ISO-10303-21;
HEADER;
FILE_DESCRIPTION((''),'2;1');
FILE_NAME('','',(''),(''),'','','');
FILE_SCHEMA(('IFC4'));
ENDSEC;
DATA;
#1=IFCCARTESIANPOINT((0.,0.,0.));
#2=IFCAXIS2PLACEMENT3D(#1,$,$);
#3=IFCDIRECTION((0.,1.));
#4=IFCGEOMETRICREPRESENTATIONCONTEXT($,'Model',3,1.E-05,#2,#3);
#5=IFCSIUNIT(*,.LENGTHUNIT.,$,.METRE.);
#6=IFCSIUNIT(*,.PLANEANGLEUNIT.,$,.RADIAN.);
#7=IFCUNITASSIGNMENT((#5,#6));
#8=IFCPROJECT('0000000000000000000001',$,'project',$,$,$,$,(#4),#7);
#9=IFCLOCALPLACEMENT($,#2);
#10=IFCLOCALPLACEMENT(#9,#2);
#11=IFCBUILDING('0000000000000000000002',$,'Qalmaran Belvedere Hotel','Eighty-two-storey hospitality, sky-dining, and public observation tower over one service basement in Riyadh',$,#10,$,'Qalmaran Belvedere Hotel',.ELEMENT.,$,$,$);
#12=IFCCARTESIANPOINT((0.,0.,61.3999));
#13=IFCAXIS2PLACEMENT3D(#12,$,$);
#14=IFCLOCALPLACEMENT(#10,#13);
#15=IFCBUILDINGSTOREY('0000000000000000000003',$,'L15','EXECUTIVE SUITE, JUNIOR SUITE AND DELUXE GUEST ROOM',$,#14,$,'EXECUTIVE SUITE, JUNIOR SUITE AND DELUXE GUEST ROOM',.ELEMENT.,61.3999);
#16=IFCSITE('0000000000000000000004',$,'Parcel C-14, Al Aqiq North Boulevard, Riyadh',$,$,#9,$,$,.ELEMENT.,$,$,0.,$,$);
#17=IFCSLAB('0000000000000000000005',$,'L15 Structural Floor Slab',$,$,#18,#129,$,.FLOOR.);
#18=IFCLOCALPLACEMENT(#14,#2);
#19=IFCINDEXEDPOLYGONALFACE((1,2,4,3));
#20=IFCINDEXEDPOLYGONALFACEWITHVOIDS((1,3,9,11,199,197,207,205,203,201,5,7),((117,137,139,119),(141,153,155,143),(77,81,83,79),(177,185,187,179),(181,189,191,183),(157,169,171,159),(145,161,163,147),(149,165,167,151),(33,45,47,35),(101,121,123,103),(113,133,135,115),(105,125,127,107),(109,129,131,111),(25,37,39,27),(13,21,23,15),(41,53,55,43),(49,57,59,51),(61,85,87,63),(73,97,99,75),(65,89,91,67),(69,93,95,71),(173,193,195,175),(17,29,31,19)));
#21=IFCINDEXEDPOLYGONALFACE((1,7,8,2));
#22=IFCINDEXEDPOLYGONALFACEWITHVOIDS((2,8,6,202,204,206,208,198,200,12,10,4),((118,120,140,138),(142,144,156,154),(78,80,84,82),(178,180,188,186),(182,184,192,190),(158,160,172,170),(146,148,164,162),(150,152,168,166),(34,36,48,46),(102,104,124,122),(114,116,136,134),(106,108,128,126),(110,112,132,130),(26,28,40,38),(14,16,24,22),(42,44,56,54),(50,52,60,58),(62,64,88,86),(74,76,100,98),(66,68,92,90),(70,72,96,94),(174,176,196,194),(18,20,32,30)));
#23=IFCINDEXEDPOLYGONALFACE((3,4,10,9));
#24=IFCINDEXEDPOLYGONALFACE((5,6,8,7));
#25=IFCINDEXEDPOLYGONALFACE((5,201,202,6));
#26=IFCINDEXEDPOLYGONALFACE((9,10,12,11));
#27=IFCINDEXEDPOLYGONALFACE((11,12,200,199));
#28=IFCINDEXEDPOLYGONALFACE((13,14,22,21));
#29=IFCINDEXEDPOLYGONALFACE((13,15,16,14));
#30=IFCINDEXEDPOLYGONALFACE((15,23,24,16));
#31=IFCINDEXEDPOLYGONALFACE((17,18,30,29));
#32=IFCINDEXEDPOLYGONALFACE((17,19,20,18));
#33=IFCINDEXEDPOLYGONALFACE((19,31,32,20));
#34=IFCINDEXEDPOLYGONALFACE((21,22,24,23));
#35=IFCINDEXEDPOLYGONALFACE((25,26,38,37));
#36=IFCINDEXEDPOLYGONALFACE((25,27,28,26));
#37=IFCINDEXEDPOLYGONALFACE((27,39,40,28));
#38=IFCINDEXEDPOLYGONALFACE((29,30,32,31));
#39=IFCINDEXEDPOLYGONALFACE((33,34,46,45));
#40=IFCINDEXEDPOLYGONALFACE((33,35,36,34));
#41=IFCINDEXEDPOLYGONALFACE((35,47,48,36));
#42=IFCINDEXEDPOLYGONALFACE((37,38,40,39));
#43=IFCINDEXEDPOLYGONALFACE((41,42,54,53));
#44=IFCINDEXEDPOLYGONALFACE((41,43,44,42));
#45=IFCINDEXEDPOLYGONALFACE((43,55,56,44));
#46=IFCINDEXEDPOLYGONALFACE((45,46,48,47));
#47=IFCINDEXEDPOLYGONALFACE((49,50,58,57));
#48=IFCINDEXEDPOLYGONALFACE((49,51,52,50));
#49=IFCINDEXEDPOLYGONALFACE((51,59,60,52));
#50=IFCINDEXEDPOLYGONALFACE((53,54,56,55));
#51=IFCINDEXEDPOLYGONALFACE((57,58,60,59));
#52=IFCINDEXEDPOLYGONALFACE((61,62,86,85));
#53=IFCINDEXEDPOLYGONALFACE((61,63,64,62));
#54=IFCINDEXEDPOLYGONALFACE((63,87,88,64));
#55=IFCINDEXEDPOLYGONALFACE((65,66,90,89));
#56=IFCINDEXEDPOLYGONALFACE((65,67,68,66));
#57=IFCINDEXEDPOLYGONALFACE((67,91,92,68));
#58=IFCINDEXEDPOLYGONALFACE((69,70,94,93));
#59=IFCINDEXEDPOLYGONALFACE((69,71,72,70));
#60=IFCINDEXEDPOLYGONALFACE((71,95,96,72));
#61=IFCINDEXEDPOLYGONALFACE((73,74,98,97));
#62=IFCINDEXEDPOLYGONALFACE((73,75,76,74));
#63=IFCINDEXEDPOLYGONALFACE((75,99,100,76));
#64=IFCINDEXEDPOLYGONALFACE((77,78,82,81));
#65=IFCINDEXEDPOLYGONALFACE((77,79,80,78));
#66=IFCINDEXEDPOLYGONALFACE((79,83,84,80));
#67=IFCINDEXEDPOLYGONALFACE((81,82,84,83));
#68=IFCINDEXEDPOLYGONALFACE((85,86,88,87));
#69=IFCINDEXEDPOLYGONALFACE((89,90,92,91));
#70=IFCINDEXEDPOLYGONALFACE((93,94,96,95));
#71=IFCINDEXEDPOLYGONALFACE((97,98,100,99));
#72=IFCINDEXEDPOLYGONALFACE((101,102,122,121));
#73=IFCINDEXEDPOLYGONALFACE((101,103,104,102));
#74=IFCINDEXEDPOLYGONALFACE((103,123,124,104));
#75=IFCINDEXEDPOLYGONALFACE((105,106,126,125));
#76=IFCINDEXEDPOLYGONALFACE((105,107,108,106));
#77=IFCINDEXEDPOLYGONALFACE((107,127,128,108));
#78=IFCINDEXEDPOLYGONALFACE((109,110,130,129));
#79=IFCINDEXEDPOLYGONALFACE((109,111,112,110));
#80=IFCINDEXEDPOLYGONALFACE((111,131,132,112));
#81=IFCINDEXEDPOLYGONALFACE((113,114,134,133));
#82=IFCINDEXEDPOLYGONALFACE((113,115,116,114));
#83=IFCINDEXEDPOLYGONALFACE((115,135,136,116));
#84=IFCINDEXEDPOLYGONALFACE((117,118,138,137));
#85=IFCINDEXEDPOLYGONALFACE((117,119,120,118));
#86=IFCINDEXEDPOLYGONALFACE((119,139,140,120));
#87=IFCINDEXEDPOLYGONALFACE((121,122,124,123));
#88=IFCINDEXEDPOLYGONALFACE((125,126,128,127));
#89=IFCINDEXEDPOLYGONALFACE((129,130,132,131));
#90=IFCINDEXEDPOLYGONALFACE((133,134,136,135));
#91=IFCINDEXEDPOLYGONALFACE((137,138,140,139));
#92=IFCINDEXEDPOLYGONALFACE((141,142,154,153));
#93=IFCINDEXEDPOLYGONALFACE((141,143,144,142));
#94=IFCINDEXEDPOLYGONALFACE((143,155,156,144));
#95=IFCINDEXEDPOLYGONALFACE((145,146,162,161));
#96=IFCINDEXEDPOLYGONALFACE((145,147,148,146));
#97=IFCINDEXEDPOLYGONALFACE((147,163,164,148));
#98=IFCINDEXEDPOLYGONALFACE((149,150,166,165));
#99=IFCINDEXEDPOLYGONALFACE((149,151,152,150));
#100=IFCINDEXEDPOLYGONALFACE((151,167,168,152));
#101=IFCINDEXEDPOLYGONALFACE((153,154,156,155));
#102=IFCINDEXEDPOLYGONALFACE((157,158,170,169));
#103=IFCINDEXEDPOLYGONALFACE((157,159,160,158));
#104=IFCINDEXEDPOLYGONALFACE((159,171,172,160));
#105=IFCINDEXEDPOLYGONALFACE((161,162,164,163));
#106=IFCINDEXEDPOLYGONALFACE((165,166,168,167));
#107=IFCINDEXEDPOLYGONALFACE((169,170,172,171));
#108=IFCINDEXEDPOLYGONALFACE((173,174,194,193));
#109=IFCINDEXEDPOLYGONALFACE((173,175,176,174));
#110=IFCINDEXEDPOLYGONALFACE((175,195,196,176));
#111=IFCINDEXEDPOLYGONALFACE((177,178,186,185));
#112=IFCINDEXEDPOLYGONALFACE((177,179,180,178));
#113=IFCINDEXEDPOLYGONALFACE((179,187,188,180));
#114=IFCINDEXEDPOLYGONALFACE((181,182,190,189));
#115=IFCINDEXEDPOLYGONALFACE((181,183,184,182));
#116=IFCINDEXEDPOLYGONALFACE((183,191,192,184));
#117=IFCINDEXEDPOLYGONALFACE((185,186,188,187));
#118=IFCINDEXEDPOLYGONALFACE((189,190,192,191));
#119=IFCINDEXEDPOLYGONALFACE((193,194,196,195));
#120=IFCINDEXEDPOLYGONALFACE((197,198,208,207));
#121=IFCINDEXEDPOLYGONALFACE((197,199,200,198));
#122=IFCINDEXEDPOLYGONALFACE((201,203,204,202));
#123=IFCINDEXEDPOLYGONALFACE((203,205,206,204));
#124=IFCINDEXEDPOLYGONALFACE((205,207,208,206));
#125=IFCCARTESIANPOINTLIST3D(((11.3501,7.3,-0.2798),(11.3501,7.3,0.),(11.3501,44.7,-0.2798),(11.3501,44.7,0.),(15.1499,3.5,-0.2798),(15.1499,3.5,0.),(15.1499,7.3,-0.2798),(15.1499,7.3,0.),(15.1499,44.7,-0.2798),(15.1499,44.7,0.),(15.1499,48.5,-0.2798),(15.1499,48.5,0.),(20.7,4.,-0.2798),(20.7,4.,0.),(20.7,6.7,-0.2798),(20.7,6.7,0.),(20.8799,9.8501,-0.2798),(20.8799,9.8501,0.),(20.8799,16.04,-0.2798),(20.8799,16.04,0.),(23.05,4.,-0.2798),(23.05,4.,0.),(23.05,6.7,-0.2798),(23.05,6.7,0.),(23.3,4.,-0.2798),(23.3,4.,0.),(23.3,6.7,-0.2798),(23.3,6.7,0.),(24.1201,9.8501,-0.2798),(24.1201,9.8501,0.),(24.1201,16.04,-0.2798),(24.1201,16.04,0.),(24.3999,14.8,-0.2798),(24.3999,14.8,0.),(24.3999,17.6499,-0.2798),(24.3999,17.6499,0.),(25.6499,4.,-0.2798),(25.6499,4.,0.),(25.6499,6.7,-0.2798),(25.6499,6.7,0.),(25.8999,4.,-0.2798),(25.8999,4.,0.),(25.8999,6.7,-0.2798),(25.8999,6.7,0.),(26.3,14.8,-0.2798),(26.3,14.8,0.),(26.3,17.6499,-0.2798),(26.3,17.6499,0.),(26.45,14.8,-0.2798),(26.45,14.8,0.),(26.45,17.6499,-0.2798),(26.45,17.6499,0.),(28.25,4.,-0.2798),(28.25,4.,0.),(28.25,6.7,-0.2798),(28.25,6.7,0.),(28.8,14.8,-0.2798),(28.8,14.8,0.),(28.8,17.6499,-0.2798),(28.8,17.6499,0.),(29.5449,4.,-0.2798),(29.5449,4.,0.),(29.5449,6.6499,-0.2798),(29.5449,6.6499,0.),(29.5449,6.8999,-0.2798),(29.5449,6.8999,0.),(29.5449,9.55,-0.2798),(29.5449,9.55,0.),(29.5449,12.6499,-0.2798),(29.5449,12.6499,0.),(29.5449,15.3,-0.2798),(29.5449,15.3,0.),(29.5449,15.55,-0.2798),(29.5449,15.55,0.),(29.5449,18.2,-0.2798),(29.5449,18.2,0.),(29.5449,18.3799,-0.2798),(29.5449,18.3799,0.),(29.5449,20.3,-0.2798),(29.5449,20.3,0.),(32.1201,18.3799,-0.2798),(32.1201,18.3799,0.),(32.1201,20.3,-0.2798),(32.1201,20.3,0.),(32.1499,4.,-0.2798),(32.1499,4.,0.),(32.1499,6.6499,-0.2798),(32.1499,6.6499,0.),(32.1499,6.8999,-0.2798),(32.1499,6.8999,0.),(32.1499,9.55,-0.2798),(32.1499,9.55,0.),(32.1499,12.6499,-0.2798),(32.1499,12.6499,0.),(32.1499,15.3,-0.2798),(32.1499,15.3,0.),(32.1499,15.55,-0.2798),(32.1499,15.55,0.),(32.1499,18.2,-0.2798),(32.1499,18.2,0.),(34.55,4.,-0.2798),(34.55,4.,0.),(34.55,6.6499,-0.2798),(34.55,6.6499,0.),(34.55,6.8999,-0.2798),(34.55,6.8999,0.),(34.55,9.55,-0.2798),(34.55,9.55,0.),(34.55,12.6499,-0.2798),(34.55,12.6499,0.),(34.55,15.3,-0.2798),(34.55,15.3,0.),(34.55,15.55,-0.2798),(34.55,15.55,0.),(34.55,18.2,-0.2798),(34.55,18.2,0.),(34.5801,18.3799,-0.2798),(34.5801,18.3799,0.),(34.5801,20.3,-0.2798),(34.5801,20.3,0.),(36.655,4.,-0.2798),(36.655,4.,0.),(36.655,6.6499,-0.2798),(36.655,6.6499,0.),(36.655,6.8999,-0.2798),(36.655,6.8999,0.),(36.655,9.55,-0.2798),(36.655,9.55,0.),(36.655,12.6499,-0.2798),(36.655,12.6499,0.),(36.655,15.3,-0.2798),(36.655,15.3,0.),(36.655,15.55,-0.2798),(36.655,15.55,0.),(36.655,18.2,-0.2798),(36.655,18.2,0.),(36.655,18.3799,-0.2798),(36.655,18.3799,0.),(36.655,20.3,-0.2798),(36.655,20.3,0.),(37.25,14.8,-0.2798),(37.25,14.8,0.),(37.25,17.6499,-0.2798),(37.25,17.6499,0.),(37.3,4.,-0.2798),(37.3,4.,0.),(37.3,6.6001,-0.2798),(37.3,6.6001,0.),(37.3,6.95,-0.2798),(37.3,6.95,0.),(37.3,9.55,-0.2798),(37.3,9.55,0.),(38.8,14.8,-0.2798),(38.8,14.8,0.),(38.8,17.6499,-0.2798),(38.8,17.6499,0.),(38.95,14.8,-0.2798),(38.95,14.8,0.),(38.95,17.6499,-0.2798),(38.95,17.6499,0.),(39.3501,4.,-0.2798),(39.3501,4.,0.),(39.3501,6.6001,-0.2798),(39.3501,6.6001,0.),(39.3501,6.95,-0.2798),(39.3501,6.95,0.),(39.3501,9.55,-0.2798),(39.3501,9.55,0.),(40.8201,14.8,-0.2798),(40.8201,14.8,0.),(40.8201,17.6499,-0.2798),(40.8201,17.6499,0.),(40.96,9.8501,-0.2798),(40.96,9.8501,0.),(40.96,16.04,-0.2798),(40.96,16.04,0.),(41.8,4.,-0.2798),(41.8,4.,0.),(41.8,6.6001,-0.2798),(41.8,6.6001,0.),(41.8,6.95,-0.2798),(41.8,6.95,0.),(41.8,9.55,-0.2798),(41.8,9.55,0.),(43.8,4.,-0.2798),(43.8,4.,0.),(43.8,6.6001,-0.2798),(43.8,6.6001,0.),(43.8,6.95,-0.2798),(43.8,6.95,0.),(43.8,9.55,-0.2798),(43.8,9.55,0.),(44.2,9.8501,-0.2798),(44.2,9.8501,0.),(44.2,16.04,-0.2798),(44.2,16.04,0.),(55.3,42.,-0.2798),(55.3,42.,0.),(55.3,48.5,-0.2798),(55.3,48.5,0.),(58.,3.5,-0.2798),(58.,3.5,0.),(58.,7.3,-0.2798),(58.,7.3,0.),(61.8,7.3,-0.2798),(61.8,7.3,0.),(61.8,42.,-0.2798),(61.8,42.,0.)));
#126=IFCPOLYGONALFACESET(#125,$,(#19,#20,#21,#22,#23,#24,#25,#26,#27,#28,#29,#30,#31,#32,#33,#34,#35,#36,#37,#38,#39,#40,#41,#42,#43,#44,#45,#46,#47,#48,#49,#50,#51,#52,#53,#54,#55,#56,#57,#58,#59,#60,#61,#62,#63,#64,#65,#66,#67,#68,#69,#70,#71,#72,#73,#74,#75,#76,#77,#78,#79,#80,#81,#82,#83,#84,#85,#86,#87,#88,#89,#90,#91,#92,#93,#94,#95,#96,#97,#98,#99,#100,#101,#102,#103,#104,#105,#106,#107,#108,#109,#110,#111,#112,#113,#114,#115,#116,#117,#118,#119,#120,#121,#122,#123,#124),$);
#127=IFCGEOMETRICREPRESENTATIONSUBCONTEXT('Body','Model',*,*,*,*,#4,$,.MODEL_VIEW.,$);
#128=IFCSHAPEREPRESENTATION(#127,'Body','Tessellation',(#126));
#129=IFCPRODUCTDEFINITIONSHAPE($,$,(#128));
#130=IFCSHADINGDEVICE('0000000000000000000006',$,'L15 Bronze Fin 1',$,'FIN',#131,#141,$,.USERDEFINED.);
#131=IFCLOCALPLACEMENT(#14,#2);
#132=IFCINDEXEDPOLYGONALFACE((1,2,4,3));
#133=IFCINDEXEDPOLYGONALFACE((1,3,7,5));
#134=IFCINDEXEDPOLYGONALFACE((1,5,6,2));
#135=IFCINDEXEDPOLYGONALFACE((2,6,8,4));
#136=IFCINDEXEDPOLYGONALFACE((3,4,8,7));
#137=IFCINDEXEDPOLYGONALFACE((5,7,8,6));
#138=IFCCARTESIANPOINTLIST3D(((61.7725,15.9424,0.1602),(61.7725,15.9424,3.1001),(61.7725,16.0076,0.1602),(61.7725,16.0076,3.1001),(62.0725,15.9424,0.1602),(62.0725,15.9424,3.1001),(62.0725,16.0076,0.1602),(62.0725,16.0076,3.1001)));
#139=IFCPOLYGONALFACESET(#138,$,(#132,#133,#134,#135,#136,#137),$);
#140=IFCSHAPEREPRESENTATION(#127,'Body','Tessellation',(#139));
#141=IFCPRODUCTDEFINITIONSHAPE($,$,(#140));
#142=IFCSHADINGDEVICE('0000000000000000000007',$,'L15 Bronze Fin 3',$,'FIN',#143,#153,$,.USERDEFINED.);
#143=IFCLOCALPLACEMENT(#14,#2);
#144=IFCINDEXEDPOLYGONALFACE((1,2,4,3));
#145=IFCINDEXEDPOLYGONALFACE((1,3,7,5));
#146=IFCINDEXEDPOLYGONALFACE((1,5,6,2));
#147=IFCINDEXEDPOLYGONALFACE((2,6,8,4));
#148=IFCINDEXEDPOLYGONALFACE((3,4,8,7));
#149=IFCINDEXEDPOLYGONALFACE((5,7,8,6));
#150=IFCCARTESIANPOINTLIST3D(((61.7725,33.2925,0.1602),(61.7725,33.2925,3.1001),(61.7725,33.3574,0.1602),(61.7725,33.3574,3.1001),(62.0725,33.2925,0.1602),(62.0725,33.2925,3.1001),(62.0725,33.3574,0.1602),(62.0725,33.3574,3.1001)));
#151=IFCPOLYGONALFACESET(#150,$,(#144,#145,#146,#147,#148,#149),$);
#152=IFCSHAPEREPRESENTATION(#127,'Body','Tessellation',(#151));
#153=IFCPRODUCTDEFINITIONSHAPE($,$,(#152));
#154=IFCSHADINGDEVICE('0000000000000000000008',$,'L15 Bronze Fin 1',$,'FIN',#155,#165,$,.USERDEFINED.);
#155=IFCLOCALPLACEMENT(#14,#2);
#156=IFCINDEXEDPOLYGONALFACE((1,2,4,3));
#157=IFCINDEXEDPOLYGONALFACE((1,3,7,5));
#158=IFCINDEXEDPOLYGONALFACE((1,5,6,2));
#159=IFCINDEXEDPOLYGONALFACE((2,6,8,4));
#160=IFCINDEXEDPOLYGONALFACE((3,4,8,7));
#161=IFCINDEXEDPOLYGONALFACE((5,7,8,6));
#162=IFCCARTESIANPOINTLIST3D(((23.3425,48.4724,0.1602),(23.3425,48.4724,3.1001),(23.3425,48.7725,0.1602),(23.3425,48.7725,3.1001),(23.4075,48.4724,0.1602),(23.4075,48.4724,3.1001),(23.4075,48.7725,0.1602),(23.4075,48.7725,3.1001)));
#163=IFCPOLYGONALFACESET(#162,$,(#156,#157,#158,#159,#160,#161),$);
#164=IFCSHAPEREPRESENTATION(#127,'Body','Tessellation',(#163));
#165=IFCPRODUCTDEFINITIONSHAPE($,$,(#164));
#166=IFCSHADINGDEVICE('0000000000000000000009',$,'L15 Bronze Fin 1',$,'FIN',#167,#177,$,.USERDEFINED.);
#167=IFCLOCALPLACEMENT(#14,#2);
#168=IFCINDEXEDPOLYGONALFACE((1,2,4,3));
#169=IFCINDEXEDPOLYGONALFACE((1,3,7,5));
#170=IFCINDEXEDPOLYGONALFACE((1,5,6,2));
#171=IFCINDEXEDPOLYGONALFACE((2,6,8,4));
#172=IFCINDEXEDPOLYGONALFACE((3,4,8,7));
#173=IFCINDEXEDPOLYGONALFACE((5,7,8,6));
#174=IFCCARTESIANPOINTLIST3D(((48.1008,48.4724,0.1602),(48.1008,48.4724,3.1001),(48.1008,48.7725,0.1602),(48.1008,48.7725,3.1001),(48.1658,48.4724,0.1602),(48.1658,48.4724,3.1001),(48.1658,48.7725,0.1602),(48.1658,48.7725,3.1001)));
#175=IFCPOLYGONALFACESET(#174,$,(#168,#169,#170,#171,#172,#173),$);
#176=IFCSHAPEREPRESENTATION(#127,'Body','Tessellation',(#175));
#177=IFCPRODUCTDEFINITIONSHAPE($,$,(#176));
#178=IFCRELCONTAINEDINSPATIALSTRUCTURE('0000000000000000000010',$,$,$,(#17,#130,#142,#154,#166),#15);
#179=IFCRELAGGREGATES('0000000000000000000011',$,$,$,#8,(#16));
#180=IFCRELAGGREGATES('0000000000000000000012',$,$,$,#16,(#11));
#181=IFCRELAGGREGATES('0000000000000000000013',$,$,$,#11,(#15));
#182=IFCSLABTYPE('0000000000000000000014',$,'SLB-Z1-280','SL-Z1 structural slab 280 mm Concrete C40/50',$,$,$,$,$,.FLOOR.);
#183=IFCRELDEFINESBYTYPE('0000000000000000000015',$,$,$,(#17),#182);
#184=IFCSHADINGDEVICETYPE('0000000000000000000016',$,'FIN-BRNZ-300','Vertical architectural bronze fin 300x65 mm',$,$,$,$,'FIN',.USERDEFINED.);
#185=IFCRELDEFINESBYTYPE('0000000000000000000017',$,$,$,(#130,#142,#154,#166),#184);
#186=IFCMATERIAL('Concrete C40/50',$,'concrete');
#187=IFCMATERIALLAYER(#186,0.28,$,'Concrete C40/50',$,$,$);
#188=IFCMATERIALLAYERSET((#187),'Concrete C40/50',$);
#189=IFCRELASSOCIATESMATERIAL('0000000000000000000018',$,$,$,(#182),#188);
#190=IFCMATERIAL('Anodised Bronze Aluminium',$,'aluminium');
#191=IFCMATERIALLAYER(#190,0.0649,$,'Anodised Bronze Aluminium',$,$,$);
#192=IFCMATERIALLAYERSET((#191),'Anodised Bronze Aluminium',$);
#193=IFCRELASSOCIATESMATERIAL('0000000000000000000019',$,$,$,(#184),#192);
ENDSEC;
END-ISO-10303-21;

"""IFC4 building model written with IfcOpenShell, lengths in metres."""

from ifc_helpers import new_model, si_unit, direction, frame, origin, place, context, subcontext, project, spatial, polyline, outline, extrude, material, layer, layer_set, type_object, element, save


model = new_model("IFC4")

# Units and contexts
model_context = context("Model", 3, precision=1e-05, world=origin(), true_north=direction((0.0, 1.0)))
body_context = subcontext(model_context, "Body", "Model", "MODEL_VIEW")
ifc_project = project(units=[si_unit("LENGTHUNIT", "METRE"), si_unit("PLANEANGLEUNIT", "RADIAN")], contexts=[model_context])

# Site, building, storey
site_placement = place(None, origin())
site = spatial("IfcSite", under=ifc_project, at=site_placement, Name="Parcel C-14, Al Aqiq North Boulevard, Riyadh", CompositionType="ELEMENT", RefElevation=0.0)
building_placement = place(site_placement, origin())
building = spatial("IfcBuilding", under=site, at=building_placement, Name="Qalmaran Belvedere Hotel", Description="Eighty-two-storey hospitality, sky-dining, and public observation tower over one service basement in Riyadh", LongName="Qalmaran Belvedere Hotel", CompositionType="ELEMENT")
storey_placement = place(building_placement, frame((0.0, 0.0, 61.3999)))
storey = spatial("IfcBuildingStorey", under=building, at=storey_placement, Name="L15", Description="EXECUTIVE SUITE, JUNIOR SUITE AND DELUXE GUEST ROOM", LongName="EXECUTIVE SUITE, JUNIOR SUITE AND DELUXE GUEST ROOM", CompositionType="ELEMENT", Elevation=61.3999)

# Shared definitions
ifc_material_1 = material(Name="Anodised Bronze Aluminium", Category="aluminium")

# Shared definitions
ifc_material_2 = material(Name="Concrete C40/50", Category="concrete")

# Slab
ifc_layer_1 = layer(ifc_material_2, 0.28, Name="Concrete C40/50")
ifc_layer_set_1 = layer_set([ifc_layer_1], Name="Concrete C40/50")
slab_type_1 = type_object("IfcSlabType", Name="SLB-Z1-280", Description="SL-Z1 structural slab 280 mm Concrete C40/50", PredefinedType="FLOOR", material=ifc_layer_set_1)
slab_1_placement = place(storey_placement, frame((0.0, 0.0, -0.2798)))
element("IfcSlab", 1, at=slab_1_placement, inside=storey, type_object=slab_type_1, Name="L15 Structural Floor Slab", PredefinedType="FLOOR", context=body_context, shape_type="SweptSolid", body=[
    extrude(outline(polyline([(15.1499, 3.5), (58.0, 3.5), (58.0, 7.3), (61.8, 7.3), (61.8, 42.0), (55.3, 42.0), (55.3, 48.5), (15.1499, 48.5), (15.1499, 44.7), (11.3501, 44.7), (11.3501, 7.3), (15.1499, 7.3), (15.1499, 3.5)]), holes=[polyline([(20.8799, 9.8501), (24.1201, 9.8501), (24.1201, 16.04), (20.8799, 16.04), (20.8799, 9.8501)]), polyline([(40.96, 9.8501), (44.2, 9.8501), (44.2, 16.04), (40.96, 16.04), (40.96, 9.8501)]), polyline([(29.5449, 4.0), (32.1499, 4.0), (32.1499, 6.6499), (29.5449, 6.6499), (29.5449, 4.0)]), polyline([(29.5449, 6.8999), (32.1499, 6.8999), (32.1499, 9.55), (29.5449, 9.55), (29.5449, 6.8999)]), polyline([(34.55, 4.0), (36.655, 4.0), (36.655, 6.6499), (34.55, 6.6499), (34.55, 4.0)]), polyline([(34.55, 6.8999), (36.655, 6.8999), (36.655, 9.55), (34.55, 9.55), (34.55, 6.8999)]), polyline([(29.5449, 12.6499), (32.1499, 12.6499), (32.1499, 15.3), (29.5449, 15.3), (29.5449, 12.6499)]), polyline([(29.5449, 15.55), (32.1499, 15.55), (32.1499, 18.2), (29.5449, 18.2), (29.5449, 15.55)]), polyline([(34.55, 12.6499), (36.655, 12.6499), (36.655, 15.3), (34.55, 15.3), (34.55, 12.6499)]), polyline([(34.55, 15.55), (36.655, 15.55), (36.655, 18.2), (34.55, 18.2), (34.55, 15.55)]), polyline([(37.3, 4.0), (39.3501, 4.0), (39.3501, 6.6001), (37.3, 6.6001), (37.3, 4.0)]), polyline([(37.3, 6.95), (39.3501, 6.95), (39.3501, 9.55), (37.3, 9.55), (37.3, 6.95)]), polyline([(41.8, 4.0), (43.8, 4.0), (43.8, 6.6001), (41.8, 6.6001), (41.8, 4.0)]), polyline([(41.8, 6.95), (43.8, 6.95), (43.8, 9.55), (41.8, 9.55), (41.8, 6.95)]), polyline([(20.7, 4.0), (23.05, 4.0), (23.05, 6.7), (20.7, 6.7), (20.7, 4.0)]), polyline([(23.3, 4.0), (25.6499, 4.0), (25.6499, 6.7), (23.3, 6.7), (23.3, 4.0)]), polyline([(25.8999, 4.0), (28.25, 4.0), (28.25, 6.7), (25.8999, 6.7), (25.8999, 4.0)]), polyline([(24.3999, 14.8), (26.3, 14.8), (26.3, 17.6499), (24.3999, 17.6499), (24.3999, 14.8)]), polyline([(38.95, 14.8), (40.8201, 14.8), (40.8201, 17.6499), (38.95, 17.6499), (38.95, 14.8)]), polyline([(26.45, 14.8), (28.8, 14.8), (28.8, 17.6499), (26.45, 17.6499), (26.45, 14.8)]), polyline([(37.25, 14.8), (38.8, 14.8), (38.8, 17.6499), (37.25, 17.6499), (37.25, 14.8)]), polyline([(29.5449, 18.3799), (32.1201, 18.3799), (32.1201, 20.3), (29.5449, 20.3), (29.5449, 18.3799)]), polyline([(34.5801, 18.3799), (36.655, 18.3799), (36.655, 20.3), (34.5801, 20.3), (34.5801, 18.3799)])]), origin(), (0.0, 0.0, 1.0), 0.2798),
])

# Shading devices
ifc_layer_2 = layer(ifc_material_1, 0.0649, Name="Anodised Bronze Aluminium")
ifc_layer_set_2 = layer_set([ifc_layer_2], Name="Anodised Bronze Aluminium")
shading_device_type = type_object("IfcShadingDeviceType", Name="FIN-BRNZ-300", Description="Vertical architectural bronze fin 300x65 mm", ElementType="FIN", PredefinedType="USERDEFINED", material=ifc_layer_set_2)
shading_device_1_placement = place(storey_placement, frame((0.0, 0.0, 0.1602)))
element("IfcShadingDevice", 2, at=shading_device_1_placement, inside=storey, type_object=shading_device_type, Name="L15 Bronze Fin 1", ObjectType="FIN", PredefinedType="USERDEFINED", context=body_context, shape_type="SweptSolid", body=[
    extrude(outline(polyline([(61.7725, 15.9424), (62.0725, 15.9424), (62.0725, 16.0076), (61.7725, 16.0076), (61.7725, 15.9424)])), origin(), (0.0, 0.0, 1.0), 2.9399),
])
shading_device_2_placement = place(storey_placement, frame((0.0, 0.0, 0.1602)))
element("IfcShadingDevice", 3, at=shading_device_2_placement, inside=storey, type_object=shading_device_type, Name="L15 Bronze Fin 3", ObjectType="FIN", PredefinedType="USERDEFINED", context=body_context, shape_type="SweptSolid", body=[
    extrude(outline(polyline([(61.7725, 33.2925), (62.0725, 33.2925), (62.0725, 33.3574), (61.7725, 33.3574), (61.7725, 33.2925)])), origin(), (0.0, 0.0, 1.0), 2.9399),
])
shading_device_3_placement = place(storey_placement, frame((0.0, 0.0, 0.1602)))
element("IfcShadingDevice", 4, at=shading_device_3_placement, inside=storey, type_object=shading_device_type, Name="L15 Bronze Fin 1", ObjectType="FIN", PredefinedType="USERDEFINED", context=body_context, shape_type="SweptSolid", body=[
    extrude(outline(polyline([(23.4075, 48.4724), (23.4075, 48.7725), (23.3425, 48.7725), (23.3425, 48.4724), (23.4075, 48.4724)])), origin(), (0.0, 0.0, 1.0), 2.9399),
])
shading_device_4_placement = place(storey_placement, frame((0.0, 0.0, 0.1602)))
element("IfcShadingDevice", 5, at=shading_device_4_placement, inside=storey, type_object=shading_device_type, Name="L15 Bronze Fin 1", ObjectType="FIN", PredefinedType="USERDEFINED", context=body_context, shape_type="SweptSolid", body=[
    extrude(outline(polyline([(48.1658, 48.4724), (48.1658, 48.7725), (48.1008, 48.7725), (48.1008, 48.4724), (48.1658, 48.4724)])), origin(), (0.0, 0.0, 1.0), 2.9399),
])

save(model, "model.ifc")
